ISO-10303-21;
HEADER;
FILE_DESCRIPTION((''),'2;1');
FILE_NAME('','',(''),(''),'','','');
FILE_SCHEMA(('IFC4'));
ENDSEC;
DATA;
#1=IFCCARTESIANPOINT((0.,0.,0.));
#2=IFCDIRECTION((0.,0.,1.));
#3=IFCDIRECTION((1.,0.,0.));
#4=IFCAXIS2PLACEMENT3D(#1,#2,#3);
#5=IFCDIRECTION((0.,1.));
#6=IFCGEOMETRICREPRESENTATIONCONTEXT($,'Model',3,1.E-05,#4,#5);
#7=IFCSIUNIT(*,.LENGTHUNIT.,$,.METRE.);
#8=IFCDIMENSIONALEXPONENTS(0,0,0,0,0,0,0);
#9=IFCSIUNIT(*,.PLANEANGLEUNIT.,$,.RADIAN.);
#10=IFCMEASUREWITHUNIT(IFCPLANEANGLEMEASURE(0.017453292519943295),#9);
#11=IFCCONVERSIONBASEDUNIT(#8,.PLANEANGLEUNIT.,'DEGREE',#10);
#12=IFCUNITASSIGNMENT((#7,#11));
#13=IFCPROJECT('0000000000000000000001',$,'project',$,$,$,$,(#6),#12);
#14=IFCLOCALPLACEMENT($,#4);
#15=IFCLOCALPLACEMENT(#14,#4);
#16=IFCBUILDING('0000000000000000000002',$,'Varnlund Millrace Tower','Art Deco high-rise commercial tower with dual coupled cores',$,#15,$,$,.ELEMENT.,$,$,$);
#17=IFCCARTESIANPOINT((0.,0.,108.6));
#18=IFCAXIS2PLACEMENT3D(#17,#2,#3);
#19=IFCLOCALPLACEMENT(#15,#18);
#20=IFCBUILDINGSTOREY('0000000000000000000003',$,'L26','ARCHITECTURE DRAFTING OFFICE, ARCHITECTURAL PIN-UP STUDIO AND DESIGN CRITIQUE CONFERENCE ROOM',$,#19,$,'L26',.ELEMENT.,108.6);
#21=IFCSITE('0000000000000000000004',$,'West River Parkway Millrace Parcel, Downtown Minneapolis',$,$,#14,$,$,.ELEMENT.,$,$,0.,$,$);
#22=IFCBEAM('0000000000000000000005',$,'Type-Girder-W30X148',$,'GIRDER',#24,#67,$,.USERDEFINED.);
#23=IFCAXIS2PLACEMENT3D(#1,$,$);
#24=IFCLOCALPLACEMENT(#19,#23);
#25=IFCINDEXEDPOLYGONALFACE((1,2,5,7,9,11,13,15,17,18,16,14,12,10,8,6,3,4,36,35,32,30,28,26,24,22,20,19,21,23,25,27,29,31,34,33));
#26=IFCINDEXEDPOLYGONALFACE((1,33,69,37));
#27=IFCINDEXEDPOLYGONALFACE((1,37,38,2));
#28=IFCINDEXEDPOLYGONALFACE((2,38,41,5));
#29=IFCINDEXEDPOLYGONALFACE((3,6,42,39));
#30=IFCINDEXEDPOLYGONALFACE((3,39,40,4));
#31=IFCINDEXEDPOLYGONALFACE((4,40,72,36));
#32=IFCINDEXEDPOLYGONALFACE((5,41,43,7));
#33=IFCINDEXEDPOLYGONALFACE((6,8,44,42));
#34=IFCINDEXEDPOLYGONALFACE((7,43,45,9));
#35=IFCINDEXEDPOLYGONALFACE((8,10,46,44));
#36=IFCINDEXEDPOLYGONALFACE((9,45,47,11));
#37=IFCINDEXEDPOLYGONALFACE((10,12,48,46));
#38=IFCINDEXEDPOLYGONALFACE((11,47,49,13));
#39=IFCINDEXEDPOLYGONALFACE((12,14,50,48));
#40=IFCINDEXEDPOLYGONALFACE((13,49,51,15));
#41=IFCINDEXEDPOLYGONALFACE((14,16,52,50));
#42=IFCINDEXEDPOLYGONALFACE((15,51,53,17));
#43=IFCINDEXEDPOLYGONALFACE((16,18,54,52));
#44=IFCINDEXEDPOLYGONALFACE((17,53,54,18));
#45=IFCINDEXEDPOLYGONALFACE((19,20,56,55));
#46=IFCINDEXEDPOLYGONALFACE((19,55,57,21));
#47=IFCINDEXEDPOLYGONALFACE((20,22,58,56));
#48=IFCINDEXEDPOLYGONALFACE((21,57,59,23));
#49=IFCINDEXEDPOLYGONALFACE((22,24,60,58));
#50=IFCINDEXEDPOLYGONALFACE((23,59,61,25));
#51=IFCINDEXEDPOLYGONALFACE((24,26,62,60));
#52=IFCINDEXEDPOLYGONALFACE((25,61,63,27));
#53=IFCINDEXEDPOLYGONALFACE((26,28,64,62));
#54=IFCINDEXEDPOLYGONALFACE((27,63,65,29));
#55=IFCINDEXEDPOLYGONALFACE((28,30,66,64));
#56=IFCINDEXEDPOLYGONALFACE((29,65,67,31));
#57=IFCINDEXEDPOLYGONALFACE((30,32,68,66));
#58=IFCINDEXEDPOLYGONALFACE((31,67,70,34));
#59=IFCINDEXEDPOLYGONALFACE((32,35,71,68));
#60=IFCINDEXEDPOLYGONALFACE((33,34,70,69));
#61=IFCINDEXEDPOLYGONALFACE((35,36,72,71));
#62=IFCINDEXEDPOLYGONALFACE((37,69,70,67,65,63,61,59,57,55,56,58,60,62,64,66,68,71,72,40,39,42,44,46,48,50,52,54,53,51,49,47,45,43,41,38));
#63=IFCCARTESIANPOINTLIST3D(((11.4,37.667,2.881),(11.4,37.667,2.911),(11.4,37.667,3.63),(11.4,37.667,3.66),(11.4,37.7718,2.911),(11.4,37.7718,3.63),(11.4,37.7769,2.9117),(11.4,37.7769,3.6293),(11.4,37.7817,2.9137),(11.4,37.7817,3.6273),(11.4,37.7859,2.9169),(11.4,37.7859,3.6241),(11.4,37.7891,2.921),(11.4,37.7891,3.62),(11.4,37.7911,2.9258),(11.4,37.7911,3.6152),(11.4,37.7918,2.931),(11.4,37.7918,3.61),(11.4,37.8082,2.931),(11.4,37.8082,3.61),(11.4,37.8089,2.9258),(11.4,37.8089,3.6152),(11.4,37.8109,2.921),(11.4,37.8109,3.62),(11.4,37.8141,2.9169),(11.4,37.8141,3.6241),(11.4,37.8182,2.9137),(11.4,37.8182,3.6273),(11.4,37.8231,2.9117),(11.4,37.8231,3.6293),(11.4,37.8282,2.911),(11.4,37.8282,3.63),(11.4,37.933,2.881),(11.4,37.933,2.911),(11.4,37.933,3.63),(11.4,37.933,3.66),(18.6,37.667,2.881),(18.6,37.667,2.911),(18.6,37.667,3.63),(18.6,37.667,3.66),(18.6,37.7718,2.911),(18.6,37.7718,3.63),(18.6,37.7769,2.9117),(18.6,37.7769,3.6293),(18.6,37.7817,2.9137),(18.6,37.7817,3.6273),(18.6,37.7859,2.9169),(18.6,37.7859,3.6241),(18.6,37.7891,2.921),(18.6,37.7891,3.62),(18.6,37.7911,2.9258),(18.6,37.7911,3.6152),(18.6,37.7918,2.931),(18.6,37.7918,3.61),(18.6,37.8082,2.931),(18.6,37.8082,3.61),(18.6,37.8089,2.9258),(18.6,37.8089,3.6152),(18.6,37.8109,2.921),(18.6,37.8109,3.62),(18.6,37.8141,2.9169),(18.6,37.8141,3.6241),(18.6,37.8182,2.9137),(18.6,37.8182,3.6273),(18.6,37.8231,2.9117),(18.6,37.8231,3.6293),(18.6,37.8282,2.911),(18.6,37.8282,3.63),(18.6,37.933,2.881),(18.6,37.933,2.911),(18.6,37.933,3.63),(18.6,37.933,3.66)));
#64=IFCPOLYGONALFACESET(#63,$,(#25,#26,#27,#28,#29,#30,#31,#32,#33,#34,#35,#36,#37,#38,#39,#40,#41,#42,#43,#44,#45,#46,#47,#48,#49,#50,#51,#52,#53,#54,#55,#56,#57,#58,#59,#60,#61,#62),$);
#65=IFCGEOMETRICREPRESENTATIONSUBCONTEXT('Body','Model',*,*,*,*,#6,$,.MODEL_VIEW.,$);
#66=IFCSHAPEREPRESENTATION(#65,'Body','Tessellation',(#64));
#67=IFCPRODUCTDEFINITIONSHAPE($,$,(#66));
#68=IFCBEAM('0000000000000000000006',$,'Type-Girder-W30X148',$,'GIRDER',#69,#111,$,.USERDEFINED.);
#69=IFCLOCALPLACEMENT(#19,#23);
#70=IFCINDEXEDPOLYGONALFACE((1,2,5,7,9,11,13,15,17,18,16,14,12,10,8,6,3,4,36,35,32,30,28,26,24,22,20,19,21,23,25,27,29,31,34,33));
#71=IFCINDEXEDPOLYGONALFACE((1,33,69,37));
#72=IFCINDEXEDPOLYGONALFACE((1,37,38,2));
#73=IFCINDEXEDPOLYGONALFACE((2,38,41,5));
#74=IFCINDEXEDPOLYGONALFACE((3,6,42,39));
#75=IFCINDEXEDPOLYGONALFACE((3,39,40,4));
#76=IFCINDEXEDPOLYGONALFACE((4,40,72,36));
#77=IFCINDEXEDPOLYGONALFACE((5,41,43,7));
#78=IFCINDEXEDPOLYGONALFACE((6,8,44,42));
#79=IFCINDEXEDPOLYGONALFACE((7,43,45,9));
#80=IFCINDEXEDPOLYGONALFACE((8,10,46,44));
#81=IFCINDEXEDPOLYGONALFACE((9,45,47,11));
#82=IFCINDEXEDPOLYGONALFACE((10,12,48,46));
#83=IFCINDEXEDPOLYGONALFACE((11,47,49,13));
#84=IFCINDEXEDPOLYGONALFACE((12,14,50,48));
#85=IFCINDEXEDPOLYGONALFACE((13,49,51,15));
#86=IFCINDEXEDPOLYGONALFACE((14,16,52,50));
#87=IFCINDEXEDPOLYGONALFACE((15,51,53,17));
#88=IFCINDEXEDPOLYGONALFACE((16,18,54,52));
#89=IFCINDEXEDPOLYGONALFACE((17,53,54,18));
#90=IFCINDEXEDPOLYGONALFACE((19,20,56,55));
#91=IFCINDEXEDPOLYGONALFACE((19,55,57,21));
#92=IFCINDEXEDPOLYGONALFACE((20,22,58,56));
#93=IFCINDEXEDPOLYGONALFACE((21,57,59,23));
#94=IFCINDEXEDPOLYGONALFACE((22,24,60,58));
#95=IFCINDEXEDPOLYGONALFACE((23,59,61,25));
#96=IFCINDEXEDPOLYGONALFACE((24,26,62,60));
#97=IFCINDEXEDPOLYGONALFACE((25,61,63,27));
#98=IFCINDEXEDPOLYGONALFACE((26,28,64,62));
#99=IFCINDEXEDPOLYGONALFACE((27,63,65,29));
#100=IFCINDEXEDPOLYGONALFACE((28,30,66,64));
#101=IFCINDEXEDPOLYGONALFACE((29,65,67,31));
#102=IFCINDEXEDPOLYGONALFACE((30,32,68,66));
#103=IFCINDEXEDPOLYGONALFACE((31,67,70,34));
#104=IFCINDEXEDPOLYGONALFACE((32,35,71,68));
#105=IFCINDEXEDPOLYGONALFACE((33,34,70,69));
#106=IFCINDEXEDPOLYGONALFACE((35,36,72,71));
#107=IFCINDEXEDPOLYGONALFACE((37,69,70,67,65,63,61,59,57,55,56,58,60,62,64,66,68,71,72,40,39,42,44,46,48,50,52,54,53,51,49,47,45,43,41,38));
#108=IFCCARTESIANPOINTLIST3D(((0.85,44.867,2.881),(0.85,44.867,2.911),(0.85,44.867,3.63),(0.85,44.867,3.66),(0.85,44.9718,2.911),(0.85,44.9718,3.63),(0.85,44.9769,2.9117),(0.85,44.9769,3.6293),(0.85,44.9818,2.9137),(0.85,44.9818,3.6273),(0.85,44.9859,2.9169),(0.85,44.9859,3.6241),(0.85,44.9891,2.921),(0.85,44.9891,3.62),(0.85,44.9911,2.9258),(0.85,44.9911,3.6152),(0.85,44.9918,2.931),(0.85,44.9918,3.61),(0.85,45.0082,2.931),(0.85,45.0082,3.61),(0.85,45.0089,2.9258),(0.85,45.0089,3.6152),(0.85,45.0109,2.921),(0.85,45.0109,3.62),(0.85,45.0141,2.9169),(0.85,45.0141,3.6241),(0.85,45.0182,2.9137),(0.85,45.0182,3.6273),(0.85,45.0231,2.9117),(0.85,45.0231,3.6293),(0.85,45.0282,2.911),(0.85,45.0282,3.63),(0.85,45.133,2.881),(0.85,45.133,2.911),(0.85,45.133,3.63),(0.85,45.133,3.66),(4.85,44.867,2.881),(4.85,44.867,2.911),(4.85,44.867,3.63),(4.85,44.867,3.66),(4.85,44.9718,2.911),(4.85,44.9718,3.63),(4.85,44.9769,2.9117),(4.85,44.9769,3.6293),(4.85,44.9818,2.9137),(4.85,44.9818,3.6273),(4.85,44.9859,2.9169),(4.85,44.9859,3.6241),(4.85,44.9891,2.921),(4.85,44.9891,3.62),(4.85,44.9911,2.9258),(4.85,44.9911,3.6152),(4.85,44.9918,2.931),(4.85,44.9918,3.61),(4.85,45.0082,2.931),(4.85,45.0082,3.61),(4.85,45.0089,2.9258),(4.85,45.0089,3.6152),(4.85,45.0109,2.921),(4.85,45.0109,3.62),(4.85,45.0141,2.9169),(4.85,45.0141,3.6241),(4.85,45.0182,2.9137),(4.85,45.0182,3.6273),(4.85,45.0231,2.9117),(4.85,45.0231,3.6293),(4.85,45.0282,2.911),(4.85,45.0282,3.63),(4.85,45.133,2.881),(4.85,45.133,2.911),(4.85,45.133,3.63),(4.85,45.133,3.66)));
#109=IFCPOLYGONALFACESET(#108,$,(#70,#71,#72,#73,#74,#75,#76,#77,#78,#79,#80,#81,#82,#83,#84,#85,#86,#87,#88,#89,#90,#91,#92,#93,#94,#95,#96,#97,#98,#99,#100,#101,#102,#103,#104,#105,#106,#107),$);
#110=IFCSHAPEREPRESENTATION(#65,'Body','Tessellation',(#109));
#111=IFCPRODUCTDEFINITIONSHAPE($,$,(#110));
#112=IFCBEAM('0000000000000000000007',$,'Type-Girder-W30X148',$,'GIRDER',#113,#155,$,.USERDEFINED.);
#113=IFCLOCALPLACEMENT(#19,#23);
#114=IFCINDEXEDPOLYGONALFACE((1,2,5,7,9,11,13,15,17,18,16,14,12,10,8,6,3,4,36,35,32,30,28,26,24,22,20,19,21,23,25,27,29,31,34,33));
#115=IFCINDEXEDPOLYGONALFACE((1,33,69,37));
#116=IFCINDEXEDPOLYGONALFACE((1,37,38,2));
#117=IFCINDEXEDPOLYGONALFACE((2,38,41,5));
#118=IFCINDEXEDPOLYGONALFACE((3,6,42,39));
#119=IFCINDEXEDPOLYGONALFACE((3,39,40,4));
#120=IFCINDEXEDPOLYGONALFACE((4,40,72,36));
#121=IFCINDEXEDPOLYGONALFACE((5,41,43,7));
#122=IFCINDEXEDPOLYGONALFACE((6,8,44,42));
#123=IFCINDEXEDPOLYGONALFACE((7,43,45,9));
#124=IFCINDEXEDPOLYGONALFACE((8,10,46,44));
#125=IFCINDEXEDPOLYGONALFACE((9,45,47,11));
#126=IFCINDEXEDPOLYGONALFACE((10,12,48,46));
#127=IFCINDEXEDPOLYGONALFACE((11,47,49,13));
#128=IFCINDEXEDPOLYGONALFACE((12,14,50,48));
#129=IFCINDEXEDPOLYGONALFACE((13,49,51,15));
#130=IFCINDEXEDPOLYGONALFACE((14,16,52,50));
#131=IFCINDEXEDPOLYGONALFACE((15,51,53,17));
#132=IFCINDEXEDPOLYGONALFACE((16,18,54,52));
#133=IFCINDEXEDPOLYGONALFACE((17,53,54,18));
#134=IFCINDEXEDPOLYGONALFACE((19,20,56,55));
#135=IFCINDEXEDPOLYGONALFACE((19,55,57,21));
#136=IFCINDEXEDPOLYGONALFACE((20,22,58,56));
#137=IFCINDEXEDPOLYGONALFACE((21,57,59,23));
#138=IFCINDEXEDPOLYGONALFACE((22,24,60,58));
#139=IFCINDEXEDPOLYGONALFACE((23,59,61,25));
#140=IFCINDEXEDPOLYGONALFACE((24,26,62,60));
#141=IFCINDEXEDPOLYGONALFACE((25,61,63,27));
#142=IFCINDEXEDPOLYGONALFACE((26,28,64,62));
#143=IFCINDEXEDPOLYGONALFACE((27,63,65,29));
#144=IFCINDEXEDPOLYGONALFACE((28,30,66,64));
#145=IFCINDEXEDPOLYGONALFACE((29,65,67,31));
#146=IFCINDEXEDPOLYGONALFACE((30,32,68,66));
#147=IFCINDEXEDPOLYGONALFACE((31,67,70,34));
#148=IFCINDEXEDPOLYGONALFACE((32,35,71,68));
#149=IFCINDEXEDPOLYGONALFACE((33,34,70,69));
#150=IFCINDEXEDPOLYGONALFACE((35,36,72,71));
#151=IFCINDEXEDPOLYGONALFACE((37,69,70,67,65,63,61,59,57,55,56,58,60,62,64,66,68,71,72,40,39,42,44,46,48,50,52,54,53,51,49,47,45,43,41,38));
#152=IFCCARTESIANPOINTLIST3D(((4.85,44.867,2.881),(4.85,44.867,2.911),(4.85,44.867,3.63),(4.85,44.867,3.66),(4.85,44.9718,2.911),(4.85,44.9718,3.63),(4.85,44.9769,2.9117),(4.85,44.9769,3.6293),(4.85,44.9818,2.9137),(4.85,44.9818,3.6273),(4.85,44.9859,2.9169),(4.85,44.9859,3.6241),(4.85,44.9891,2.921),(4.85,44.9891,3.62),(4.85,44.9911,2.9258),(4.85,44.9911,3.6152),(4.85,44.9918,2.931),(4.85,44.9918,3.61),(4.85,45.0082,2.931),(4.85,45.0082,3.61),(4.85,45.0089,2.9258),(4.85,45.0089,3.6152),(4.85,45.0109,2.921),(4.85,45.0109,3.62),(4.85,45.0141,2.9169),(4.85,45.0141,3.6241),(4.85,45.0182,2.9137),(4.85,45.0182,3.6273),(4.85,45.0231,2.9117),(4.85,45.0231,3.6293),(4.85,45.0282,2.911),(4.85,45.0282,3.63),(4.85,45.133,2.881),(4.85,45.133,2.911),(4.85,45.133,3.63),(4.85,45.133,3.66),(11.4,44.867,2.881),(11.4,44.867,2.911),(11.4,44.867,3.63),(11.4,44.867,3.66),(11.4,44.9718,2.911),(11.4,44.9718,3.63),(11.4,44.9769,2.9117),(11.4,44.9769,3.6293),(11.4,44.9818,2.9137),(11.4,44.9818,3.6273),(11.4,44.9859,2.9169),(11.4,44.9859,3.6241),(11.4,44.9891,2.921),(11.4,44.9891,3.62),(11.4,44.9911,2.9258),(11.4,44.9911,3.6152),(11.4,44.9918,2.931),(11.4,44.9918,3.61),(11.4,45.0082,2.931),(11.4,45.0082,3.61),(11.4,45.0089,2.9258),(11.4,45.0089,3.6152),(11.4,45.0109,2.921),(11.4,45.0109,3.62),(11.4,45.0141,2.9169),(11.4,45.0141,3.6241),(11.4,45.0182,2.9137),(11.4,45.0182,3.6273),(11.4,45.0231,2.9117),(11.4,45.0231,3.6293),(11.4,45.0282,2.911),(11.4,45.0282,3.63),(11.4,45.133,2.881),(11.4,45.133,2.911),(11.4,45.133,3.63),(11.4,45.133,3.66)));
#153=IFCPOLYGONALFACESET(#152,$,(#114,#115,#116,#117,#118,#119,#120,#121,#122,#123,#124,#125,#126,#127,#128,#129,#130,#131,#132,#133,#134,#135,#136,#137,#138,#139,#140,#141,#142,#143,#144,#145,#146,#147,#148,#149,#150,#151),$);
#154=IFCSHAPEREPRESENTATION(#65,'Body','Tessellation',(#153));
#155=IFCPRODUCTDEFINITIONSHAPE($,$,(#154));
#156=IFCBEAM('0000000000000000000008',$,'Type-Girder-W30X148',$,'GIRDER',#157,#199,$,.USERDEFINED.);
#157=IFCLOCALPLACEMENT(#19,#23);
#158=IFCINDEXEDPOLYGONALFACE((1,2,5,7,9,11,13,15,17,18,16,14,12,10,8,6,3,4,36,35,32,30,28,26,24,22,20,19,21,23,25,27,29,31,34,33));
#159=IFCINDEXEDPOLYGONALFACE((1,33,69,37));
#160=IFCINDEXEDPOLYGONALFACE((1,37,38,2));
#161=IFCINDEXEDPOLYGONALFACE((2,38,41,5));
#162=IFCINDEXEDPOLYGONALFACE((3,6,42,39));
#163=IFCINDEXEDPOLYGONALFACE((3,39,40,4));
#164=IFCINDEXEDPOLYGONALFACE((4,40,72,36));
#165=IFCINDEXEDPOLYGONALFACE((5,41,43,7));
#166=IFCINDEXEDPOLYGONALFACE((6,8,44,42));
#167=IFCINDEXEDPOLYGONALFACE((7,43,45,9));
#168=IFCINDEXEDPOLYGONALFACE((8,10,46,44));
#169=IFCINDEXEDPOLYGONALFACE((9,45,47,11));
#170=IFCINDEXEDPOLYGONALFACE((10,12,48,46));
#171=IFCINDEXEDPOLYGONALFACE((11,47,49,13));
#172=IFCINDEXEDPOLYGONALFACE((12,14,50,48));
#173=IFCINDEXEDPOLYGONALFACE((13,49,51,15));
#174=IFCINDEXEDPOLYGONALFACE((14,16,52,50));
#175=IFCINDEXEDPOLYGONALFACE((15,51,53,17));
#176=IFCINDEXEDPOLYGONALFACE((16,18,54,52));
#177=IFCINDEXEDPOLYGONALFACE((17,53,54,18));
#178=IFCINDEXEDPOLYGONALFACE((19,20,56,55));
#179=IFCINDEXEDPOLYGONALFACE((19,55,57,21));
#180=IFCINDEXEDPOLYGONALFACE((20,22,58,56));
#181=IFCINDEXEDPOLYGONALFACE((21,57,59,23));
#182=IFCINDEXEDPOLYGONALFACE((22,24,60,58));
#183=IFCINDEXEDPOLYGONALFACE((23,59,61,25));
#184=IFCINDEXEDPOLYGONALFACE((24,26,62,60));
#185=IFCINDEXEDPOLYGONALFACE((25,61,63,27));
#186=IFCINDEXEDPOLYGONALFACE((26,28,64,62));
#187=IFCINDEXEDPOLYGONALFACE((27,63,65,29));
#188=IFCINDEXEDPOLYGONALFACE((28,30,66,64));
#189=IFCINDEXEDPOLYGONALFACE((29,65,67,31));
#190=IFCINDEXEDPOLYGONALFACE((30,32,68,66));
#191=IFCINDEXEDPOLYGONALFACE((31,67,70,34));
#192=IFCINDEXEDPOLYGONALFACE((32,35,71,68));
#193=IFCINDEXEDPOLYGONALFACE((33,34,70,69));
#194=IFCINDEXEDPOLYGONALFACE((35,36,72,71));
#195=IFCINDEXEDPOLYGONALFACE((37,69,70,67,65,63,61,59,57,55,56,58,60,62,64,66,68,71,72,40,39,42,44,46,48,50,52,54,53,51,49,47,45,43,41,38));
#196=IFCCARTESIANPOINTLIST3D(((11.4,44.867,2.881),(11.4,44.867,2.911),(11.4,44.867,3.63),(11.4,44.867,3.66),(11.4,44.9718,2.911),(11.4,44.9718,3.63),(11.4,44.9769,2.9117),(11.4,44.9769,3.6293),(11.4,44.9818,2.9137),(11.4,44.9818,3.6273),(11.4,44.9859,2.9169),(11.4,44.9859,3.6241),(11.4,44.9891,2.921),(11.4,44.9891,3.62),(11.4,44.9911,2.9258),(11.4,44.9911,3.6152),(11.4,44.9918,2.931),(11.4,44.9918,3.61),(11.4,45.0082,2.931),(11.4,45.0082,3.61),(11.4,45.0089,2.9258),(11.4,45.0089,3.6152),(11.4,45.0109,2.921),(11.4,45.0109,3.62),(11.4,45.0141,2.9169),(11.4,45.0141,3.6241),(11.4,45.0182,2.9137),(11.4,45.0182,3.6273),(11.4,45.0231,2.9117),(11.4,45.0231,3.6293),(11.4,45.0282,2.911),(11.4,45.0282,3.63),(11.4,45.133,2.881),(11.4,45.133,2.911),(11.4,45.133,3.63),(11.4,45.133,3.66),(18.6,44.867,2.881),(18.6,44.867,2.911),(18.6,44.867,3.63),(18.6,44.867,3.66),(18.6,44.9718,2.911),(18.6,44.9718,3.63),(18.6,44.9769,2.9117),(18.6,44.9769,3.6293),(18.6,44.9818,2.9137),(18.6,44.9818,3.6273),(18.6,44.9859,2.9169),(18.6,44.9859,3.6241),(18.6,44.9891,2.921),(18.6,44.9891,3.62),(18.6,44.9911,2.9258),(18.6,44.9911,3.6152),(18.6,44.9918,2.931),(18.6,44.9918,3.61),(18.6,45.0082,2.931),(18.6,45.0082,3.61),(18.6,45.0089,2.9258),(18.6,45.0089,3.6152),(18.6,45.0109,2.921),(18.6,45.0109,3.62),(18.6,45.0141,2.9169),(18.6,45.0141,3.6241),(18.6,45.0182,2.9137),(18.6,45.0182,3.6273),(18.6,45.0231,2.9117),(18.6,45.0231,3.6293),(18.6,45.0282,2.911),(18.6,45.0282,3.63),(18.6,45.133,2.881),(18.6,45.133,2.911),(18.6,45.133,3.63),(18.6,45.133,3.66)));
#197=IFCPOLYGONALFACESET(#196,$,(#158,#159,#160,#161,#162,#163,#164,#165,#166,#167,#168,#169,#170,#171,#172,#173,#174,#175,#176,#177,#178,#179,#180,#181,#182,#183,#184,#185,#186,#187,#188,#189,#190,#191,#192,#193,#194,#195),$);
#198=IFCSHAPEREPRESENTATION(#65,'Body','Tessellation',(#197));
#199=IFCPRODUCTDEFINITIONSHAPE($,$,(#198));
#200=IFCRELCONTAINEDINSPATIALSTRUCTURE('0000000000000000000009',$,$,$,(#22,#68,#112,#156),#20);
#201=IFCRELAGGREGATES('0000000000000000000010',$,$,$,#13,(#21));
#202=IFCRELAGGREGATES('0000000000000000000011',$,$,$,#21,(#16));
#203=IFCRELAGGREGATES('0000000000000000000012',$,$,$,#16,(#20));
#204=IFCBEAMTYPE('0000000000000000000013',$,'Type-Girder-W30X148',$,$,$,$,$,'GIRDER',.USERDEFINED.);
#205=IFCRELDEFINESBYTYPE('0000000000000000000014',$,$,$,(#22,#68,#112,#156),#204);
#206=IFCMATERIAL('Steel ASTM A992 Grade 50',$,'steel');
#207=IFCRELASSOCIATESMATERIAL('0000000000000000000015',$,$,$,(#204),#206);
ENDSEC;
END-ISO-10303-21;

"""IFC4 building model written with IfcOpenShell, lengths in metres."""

from ifc_helpers import new_model, entity, si_unit, converted_unit, direction, frame, origin_with_axes, origin_2d_with_axis, place, context, subcontext, project, spatial, i_section, extrude, material, material_profile, profile_set, type_object, element, save


model = new_model("IFC4")

# Units and contexts
model_context = context("Model", 3, precision=1e-05, world=origin_with_axes(), true_north=direction((0.0, 1.0)))
body_context = subcontext(model_context, "Body", "Model", "MODEL_VIEW")
ifc_project = project(units=[si_unit("LENGTHUNIT", "METRE"), converted_unit("PLANEANGLEUNIT", "DEGREE", entity("IfcPlaneAngleMeasure", 0.017453292519943295), si_unit("PLANEANGLEUNIT", "RADIAN"), dimensions=[0, 0, 0, 0, 0, 0, 0])], contexts=[model_context])

# Site, building, storey
site_placement = place(None, origin_with_axes())
site = spatial("IfcSite", under=ifc_project, at=site_placement, Name="West River Parkway Millrace Parcel, Downtown Minneapolis", CompositionType="ELEMENT", RefElevation=0.0)
building_placement = place(site_placement, origin_with_axes())
building = spatial("IfcBuilding", under=site, at=building_placement, Name="Varnlund Millrace Tower", Description="Art Deco high-rise commercial tower with dual coupled cores", CompositionType="ELEMENT")
storey_placement = place(building_placement, frame((0.0, 0.0, 108.6), z_axis=(0.0, 0.0, 1.0), x_axis=(1.0, 0.0, 0.0)))
storey = spatial("IfcBuildingStorey", under=building, at=storey_placement, Name="L26", Description="ARCHITECTURE DRAFTING OFFICE, ARCHITECTURAL PIN-UP STUDIO AND DESIGN CRITIQUE CONFERENCE ROOM", LongName="L26", CompositionType="ELEMENT", Elevation=108.6)

# Beams
ifc_material_1 = material(Name="Steel ASTM A992 Grade 50", Category="steel")
ifc_material_profile_1 = material_profile(ifc_material_1, i_section(OverallWidth=0.266, OverallDepth=0.779, WebThickness=0.0165, FlangeThickness=0.03, FilletRadius=0.02, at=origin_2d_with_axis()), Name="Steel ASTM A992 Grade 50")
ifc_profile_set_1 = profile_set([ifc_material_profile_1], Name="Steel ASTM A992 Grade 50")
beam_type_1 = type_object("IfcBeamType", Name="Type-Girder-W30X148", ElementType="GIRDER", PredefinedType="USERDEFINED", material=ifc_profile_set_1)
beam_1_placement = place(storey_placement, frame((11.4, 37.8, 3.2705), z_axis=(1.0, 0.0, 0.0), x_axis=(0.0, 1.0, 0.0)))
element("IfcBeam", 1, at=beam_1_placement, inside=storey, type_object=beam_type_1, Name="Type-Girder-W30X148", ObjectType="GIRDER", PredefinedType="USERDEFINED", context=body_context, shape_type="SweptSolid", body=[
    extrude(i_section(OverallWidth=0.266, OverallDepth=0.779, WebThickness=0.0165, FlangeThickness=0.03, FilletRadius=0.02, at=origin_2d_with_axis()), origin_with_axes(), (0.0, 0.0, 1.0), 7.2),
])
beam_2_placement = place(storey_placement, frame((0.85, 45.0, 3.2705), z_axis=(1.0, 0.0, 0.0), x_axis=(0.0, 1.0, 0.0)))
element("IfcBeam", 2, at=beam_2_placement, inside=storey, type_object=beam_type_1, Name="Type-Girder-W30X148", ObjectType="GIRDER", PredefinedType="USERDEFINED", context=body_context, shape_type="SweptSolid", body=[
    extrude(i_section(OverallWidth=0.266, OverallDepth=0.779, WebThickness=0.0165, FlangeThickness=0.03, FilletRadius=0.02, at=origin_2d_with_axis()), origin_with_axes(), (0.0, 0.0, 1.0), 4.0),
])
beam_3_placement = place(storey_placement, frame((4.85, 45.0, 3.2705), z_axis=(1.0, 0.0, 0.0), x_axis=(0.0, 1.0, 0.0)))
element("IfcBeam", 3, at=beam_3_placement, inside=storey, type_object=beam_type_1, Name="Type-Girder-W30X148", ObjectType="GIRDER", PredefinedType="USERDEFINED", context=body_context, shape_type="SweptSolid", body=[
    extrude(i_section(OverallWidth=0.266, OverallDepth=0.779, WebThickness=0.0165, FlangeThickness=0.03, FilletRadius=0.02, at=origin_2d_with_axis()), origin_with_axes(), (0.0, 0.0, 1.0), 6.55),
])
beam_4_placement = place(storey_placement, frame((11.4, 45.0, 3.2705), z_axis=(1.0, 0.0, 0.0), x_axis=(0.0, 1.0, 0.0)))
element("IfcBeam", 4, at=beam_4_placement, inside=storey, type_object=beam_type_1, Name="Type-Girder-W30X148", ObjectType="GIRDER", PredefinedType="USERDEFINED", context=body_context, shape_type="SweptSolid", body=[
    extrude(i_section(OverallWidth=0.266, OverallDepth=0.779, WebThickness=0.0165, FlangeThickness=0.03, FilletRadius=0.02, at=origin_2d_with_axis()), origin_with_axes(), (0.0, 0.0, 1.0), 7.2),
])

save(model, "model.ifc")
